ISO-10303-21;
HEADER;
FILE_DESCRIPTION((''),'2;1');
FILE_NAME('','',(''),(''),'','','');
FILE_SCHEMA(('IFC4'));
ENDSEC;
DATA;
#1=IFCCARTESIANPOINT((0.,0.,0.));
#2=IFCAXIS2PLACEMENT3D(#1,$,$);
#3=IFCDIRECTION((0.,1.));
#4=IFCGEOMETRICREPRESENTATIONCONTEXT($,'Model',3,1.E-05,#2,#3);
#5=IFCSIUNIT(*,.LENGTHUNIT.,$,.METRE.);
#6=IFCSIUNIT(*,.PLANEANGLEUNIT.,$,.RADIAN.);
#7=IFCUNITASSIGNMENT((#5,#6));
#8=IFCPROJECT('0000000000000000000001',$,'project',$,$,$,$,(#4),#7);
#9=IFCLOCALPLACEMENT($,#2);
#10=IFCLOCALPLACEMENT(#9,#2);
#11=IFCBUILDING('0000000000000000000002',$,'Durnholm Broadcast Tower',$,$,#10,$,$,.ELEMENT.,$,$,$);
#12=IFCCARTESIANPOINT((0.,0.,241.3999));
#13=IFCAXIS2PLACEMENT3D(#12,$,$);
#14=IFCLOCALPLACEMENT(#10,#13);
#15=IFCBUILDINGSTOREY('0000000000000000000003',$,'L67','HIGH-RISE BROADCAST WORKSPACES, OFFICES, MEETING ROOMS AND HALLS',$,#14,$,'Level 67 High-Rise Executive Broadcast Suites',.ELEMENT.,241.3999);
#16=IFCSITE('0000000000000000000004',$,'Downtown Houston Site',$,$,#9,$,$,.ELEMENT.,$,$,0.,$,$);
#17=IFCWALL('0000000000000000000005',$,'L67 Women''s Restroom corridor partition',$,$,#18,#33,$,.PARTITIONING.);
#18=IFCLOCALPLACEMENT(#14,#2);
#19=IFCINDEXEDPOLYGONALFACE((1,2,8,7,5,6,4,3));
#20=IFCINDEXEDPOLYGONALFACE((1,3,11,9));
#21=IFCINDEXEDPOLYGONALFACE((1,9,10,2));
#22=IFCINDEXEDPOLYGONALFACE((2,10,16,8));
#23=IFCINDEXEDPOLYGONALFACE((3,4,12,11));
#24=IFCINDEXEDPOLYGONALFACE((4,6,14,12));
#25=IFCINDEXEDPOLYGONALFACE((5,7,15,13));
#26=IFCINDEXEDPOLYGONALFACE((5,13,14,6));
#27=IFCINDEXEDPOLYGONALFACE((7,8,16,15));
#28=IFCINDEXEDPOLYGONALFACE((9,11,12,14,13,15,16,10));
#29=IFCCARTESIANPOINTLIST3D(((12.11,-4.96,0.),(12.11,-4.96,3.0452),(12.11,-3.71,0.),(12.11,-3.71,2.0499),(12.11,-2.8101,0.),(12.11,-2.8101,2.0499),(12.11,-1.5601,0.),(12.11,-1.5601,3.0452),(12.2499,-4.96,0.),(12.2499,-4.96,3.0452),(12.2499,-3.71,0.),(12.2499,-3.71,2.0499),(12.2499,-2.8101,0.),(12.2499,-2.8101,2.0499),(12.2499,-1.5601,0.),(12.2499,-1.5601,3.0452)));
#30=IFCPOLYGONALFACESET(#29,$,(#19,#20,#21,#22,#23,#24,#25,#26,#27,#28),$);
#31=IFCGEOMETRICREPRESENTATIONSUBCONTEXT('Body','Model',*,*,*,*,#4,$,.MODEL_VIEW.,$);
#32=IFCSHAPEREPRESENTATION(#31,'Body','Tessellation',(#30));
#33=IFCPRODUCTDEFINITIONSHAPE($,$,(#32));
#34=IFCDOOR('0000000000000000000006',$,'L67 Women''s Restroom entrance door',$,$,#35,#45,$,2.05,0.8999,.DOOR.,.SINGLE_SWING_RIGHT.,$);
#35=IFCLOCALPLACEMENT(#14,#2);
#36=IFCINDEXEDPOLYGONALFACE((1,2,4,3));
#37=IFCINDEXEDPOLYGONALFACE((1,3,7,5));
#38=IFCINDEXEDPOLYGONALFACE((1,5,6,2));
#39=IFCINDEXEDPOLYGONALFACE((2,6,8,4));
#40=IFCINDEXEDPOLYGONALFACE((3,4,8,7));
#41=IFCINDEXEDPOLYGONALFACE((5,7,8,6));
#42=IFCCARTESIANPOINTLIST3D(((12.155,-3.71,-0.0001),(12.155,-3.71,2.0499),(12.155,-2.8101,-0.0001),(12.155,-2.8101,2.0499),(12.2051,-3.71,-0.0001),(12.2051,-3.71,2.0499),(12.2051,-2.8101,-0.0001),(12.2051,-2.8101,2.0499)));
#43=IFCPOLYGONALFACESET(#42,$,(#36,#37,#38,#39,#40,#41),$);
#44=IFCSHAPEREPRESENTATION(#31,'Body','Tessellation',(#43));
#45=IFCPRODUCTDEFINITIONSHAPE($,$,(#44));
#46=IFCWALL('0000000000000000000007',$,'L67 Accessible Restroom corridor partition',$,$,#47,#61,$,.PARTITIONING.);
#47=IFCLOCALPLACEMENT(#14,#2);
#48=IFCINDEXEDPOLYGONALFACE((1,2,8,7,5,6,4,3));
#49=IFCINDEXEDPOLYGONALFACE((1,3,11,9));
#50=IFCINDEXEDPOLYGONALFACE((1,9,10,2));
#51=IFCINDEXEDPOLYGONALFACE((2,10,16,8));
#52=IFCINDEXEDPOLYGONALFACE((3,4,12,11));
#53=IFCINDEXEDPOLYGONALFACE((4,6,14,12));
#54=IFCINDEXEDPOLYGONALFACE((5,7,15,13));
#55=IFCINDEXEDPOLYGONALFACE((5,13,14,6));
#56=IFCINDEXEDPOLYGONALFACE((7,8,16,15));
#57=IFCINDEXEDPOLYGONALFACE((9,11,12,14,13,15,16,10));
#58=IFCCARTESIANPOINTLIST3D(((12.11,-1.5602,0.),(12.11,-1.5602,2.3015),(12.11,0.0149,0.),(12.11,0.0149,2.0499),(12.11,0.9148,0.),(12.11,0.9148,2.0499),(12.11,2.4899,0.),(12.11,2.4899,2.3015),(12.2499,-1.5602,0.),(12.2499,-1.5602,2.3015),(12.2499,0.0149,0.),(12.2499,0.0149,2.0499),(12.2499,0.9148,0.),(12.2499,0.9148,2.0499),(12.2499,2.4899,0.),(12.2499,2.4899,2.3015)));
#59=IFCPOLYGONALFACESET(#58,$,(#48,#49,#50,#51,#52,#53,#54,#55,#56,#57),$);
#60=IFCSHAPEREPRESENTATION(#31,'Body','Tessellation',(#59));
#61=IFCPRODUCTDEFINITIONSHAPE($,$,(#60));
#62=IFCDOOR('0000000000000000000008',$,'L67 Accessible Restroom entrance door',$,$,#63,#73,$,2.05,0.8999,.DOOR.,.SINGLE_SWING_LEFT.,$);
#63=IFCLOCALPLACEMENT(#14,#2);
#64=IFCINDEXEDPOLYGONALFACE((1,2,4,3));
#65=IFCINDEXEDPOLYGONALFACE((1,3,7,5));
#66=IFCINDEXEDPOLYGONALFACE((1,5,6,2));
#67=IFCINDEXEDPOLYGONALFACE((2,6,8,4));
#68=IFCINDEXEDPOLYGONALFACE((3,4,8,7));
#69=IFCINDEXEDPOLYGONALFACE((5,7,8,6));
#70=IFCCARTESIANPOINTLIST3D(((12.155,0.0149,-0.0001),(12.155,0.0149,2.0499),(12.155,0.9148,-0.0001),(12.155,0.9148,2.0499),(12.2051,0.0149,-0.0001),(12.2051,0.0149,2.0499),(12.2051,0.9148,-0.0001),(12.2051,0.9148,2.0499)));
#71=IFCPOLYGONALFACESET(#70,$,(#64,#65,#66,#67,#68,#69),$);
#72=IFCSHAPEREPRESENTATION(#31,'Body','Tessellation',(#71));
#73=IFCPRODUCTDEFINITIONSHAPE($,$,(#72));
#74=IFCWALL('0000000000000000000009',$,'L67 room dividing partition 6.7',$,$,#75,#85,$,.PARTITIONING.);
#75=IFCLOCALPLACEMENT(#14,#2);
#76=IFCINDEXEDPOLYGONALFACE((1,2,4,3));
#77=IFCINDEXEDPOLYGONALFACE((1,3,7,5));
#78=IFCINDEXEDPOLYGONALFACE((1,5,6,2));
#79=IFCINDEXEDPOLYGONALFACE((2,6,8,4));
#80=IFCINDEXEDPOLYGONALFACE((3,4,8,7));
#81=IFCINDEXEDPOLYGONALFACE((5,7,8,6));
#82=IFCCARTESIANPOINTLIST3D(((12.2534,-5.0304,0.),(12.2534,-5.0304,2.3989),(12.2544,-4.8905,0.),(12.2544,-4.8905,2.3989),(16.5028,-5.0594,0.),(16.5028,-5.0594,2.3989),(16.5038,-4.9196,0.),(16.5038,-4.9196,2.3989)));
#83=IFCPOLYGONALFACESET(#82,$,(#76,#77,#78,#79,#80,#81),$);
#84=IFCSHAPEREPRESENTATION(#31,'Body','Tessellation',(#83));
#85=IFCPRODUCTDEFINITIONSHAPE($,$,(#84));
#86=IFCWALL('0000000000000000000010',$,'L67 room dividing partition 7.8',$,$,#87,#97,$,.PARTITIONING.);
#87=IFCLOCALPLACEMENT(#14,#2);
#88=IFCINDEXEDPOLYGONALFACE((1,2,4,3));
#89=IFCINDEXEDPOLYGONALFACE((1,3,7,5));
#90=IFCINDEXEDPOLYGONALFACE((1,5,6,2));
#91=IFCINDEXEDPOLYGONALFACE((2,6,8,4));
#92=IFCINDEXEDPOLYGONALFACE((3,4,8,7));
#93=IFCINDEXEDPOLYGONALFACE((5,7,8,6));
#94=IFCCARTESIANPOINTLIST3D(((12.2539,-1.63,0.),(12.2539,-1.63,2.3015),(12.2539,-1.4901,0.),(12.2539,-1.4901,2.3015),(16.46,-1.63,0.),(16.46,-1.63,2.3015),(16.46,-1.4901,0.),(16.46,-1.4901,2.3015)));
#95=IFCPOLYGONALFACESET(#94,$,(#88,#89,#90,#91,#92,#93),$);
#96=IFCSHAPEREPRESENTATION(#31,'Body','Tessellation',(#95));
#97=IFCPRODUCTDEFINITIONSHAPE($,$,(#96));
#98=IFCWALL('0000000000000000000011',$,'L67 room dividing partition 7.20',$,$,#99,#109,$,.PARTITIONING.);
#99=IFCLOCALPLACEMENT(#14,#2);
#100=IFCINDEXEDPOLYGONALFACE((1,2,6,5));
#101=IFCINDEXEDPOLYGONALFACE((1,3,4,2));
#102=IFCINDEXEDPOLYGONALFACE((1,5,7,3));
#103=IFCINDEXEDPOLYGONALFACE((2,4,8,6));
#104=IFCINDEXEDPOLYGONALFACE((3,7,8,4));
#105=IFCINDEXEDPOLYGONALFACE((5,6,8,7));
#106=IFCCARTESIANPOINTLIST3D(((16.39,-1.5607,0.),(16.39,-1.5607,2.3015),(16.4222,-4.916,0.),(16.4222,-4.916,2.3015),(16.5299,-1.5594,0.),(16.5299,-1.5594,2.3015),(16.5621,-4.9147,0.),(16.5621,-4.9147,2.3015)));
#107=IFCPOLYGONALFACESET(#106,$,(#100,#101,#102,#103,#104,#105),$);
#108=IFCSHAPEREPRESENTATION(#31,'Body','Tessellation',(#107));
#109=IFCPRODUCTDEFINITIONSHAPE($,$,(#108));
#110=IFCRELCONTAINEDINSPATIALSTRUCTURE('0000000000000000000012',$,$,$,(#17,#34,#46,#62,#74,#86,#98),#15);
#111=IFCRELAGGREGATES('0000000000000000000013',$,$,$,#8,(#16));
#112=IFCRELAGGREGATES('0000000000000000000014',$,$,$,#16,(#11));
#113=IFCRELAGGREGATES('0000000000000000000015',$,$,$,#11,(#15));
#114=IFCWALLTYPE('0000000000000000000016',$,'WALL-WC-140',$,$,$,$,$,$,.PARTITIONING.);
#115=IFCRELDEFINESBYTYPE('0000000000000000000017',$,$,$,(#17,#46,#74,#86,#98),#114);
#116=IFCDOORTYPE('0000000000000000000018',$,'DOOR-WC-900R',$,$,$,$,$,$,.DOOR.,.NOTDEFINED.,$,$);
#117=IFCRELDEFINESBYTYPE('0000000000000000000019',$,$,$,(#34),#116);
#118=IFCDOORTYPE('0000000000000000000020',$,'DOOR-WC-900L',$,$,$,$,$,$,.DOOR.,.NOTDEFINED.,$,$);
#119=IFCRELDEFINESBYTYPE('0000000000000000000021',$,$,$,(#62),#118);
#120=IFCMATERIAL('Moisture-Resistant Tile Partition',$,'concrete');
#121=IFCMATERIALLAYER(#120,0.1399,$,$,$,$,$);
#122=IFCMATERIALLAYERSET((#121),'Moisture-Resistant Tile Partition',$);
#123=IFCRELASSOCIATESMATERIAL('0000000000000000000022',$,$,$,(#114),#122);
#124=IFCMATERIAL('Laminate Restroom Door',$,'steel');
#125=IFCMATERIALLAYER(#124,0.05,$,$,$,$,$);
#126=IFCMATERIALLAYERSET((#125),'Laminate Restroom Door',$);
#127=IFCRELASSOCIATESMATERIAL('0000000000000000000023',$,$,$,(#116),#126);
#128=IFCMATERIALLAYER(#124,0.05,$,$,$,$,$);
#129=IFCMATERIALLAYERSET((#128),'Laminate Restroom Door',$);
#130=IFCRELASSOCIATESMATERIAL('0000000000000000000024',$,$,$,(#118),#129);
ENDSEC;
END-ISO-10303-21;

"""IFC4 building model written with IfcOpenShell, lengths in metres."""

from ifc_helpers import new_model, si_unit, direction, frame, frame_2d, origin, place, context, subcontext, project, spatial, rectangle, extrude, source, transform, mapped, material, layer, layer_set, type_object, type_shapes, element, fill, save


model = new_model("IFC4")

# Units and contexts
model_context = context("Model", 3, precision=1e-05, world=origin(), true_north=direction((0.0, 1.0)))
body_context = subcontext(model_context, "Body", "Model", "MODEL_VIEW")
ifc_project = project(units=[si_unit("LENGTHUNIT", "METRE"), si_unit("PLANEANGLEUNIT", "RADIAN")], contexts=[model_context])

# Site, building, storey
site_placement = place(None, origin())
site = spatial("IfcSite", under=ifc_project, at=site_placement, Name="Downtown Houston Site", CompositionType="ELEMENT", RefElevation=0.0)
building_placement = place(site_placement, origin())
building = spatial("IfcBuilding", under=site, at=building_placement, Name="Durnholm Broadcast Tower", CompositionType="ELEMENT")
storey_placement = place(building_placement, frame((0.0, 0.0, 241.3999)))
storey = spatial("IfcBuildingStorey", under=building, at=storey_placement, Name="L67", Description="HIGH-RISE BROADCAST WORKSPACES, OFFICES, MEETING ROOMS AND HALLS", LongName="Level 67 High-Rise Executive Broadcast Suites", CompositionType="ELEMENT", Elevation=241.3999)

# Walls, openings, doors
ifc_material_1 = material(Name="Moisture-Resistant Tile Partition", Category="concrete")
ifc_layer_1 = layer(ifc_material_1, 0.1399)
ifc_layer_set_1 = layer_set([ifc_layer_1], Name="Moisture-Resistant Tile Partition")
wall_type = type_object("IfcWallType", Name="WALL-WC-140", PredefinedType="PARTITIONING", material=ifc_layer_set_1)
wall_1_placement = place(storey_placement, frame((12.1799, -4.96, 0.0), z_axis=(0.0, 0.0, 1.0), x_axis=(0.0, 1.0, 0.0)))
wall_1 = element("IfcWall", 1, at=wall_1_placement, inside=storey, type_object=wall_type, Name="L67 Women's Restroom corridor partition", PredefinedType="PARTITIONING", context=body_context, shape_type="SweptSolid", body=[
    extrude(rectangle(XDim=3.3999, YDim=0.1399, at=frame_2d((1.7, 0.0))), origin(), (0.0, 0.0, 1.0), 3.0452),
])
opening_1_placement = place(wall_1_placement, frame((1.25, 0.0, 0.0)))
opening_1 = element("IfcOpeningElement", 2, at=opening_1_placement, cuts=wall_1, PredefinedType="OPENING", context=body_context, shape_type="SweptSolid", body=[
    extrude(rectangle(XDim=0.8999, YDim=2.05, at=frame_2d((0.45, 1.0249))), frame((0.0, 0.0801, 0.0), z_axis=(0.0, -1.0, 0.0), x_axis=(1.0, 0.0, 0.0)), (0.0, 0.0, 1.0), 0.1599),
])
ifc_material_2 = material(Name="Laminate Restroom Door", Category="steel")
ifc_layer_2 = layer(ifc_material_2, 0.05)
ifc_layer_set_2 = layer_set([ifc_layer_2], Name="Laminate Restroom Door")
door_type_1 = type_object("IfcDoorType", Name="DOOR-WC-900R", OperationType="NOTDEFINED", PredefinedType="DOOR", material=ifc_layer_set_2)
shared_shape_1 = source(origin(), body_context, "Body", "SweptSolid", [
    extrude(rectangle(XDim=0.8999, YDim=2.05, at=frame_2d((0.45, 1.0249))), frame((0.0, 0.0249, 0.0), z_axis=(0.0, -1.0, 0.0), x_axis=(1.0, 0.0, 0.0)), (0.0, 0.0, 1.0), 0.05),
])
type_shapes(door_type_1, [shared_shape_1])
door_1_placement = place(opening_1_placement, origin())
door_1 = element("IfcDoor", 3, at=door_1_placement, inside=storey, type_object=door_type_1, Name="L67 Women's Restroom entrance door", OperationType="SINGLE_SWING_RIGHT", OverallHeight=2.05, OverallWidth=0.8999, PredefinedType="DOOR", context=body_context, shape_type="MappedRepresentation", body=[
    mapped(shared_shape_1, transform((0.0, 0.0, 0.0), x_axis=(1.0, 0.0, 0.0), y_axis=(0.0, 1.0, 0.0), z_axis=(0.0, 0.0, 1.0), scale=1.0)),
])
fill(opening_1, door_1)
wall_2_placement = place(storey_placement, frame((12.1799, -1.5601, 0.0), z_axis=(0.0, 0.0, 1.0), x_axis=(0.0, 1.0, 0.0)))
wall_2 = element("IfcWall", 4, at=wall_2_placement, inside=storey, type_object=wall_type, Name="L67 Accessible Restroom corridor partition", PredefinedType="PARTITIONING", context=body_context, shape_type="SweptSolid", body=[
    extrude(rectangle(XDim=4.05, YDim=0.1399, at=frame_2d((2.0249, 0.0))), origin(), (0.0, 0.0, 1.0), 2.3015),
])
opening_2_placement = place(wall_2_placement, frame((1.575, 0.0, 0.0)))
opening_2 = element("IfcOpeningElement", 5, at=opening_2_placement, cuts=wall_2, PredefinedType="OPENING", context=body_context, shape_type="SweptSolid", body=[
    extrude(rectangle(XDim=0.8999, YDim=2.05, at=frame_2d((0.45, 1.0249))), frame((0.0, 0.0801, 0.0), z_axis=(0.0, -1.0, 0.0), x_axis=(1.0, 0.0, 0.0)), (0.0, 0.0, 1.0), 0.1599),
])
ifc_layer_3 = layer(ifc_material_2, 0.05)
ifc_layer_set_3 = layer_set([ifc_layer_3], Name="Laminate Restroom Door")
door_type_2 = type_object("IfcDoorType", Name="DOOR-WC-900L", OperationType="NOTDEFINED", PredefinedType="DOOR", material=ifc_layer_set_3)
shared_shape_2 = source(origin(), body_context, "Body", "SweptSolid", [
    extrude(rectangle(XDim=0.8999, YDim=2.05, at=frame_2d((0.45, 1.0249))), frame((0.0, 0.0249, 0.0), z_axis=(0.0, -1.0, 0.0), x_axis=(1.0, 0.0, 0.0)), (0.0, 0.0, 1.0), 0.05),
])
type_shapes(door_type_2, [shared_shape_2])
door_2_placement = place(opening_2_placement, origin())
door_2 = element("IfcDoor", 6, at=door_2_placement, inside=storey, type_object=door_type_2, Name="L67 Accessible Restroom entrance door", OperationType="SINGLE_SWING_LEFT", OverallHeight=2.05, OverallWidth=0.8999, PredefinedType="DOOR", context=body_context, shape_type="MappedRepresentation", body=[
    mapped(shared_shape_2, transform((0.0, 0.0, 0.0), x_axis=(1.0, 0.0, 0.0), y_axis=(0.0, 1.0, 0.0), z_axis=(0.0, 0.0, 1.0), scale=1.0)),
])
fill(opening_2, door_2)

# Walls
wall_3_placement = place(storey_placement, frame((12.2539, -4.9604, 0.0), z_axis=(0.0, 0.0, 1.0), x_axis=(0.999977, -0.006837, 0.0)))
element("IfcWall", 7, at=wall_3_placement, inside=storey, type_object=wall_type, Name="L67 room dividing partition 6.7", PredefinedType="PARTITIONING", context=body_context, shape_type="SweptSolid", body=[
    extrude(rectangle(XDim=4.2495, YDim=0.1399, at=frame_2d((2.1248, 0.0))), origin(), (0.0, 0.0, 1.0), 2.3989),
])
wall_4_placement = place(storey_placement, frame((12.2539, -1.5601, 0.0), z_axis=(0.0, 0.0, 1.0), x_axis=(1.0, 0.0, 0.0)))
element("IfcWall", 8, at=wall_4_placement, inside=storey, type_object=wall_type, Name="L67 room dividing partition 7.8", PredefinedType="PARTITIONING", context=body_context, shape_type="SweptSolid", body=[
    extrude(rectangle(XDim=4.2061, YDim=0.1399, at=frame_2d((2.103, 0.0))), origin(), (0.0, 0.0, 1.0), 2.3015),
])
wall_5_placement = place(storey_placement, frame((16.46, -1.5601, 0.0), z_axis=(0.0, 0.0, 1.0), x_axis=(0.009604, -0.999954, 0.0)))
element("IfcWall", 9, at=wall_5_placement, inside=storey, type_object=wall_type, Name="L67 room dividing partition 7.20", PredefinedType="PARTITIONING", context=body_context, shape_type="SweptSolid", body=[
    extrude(rectangle(XDim=3.3555, YDim=0.1399, at=frame_2d((1.6777, 0.0))), origin(), (0.0, 0.0, 1.0), 2.3015),
])

save(model, "model.ifc")
